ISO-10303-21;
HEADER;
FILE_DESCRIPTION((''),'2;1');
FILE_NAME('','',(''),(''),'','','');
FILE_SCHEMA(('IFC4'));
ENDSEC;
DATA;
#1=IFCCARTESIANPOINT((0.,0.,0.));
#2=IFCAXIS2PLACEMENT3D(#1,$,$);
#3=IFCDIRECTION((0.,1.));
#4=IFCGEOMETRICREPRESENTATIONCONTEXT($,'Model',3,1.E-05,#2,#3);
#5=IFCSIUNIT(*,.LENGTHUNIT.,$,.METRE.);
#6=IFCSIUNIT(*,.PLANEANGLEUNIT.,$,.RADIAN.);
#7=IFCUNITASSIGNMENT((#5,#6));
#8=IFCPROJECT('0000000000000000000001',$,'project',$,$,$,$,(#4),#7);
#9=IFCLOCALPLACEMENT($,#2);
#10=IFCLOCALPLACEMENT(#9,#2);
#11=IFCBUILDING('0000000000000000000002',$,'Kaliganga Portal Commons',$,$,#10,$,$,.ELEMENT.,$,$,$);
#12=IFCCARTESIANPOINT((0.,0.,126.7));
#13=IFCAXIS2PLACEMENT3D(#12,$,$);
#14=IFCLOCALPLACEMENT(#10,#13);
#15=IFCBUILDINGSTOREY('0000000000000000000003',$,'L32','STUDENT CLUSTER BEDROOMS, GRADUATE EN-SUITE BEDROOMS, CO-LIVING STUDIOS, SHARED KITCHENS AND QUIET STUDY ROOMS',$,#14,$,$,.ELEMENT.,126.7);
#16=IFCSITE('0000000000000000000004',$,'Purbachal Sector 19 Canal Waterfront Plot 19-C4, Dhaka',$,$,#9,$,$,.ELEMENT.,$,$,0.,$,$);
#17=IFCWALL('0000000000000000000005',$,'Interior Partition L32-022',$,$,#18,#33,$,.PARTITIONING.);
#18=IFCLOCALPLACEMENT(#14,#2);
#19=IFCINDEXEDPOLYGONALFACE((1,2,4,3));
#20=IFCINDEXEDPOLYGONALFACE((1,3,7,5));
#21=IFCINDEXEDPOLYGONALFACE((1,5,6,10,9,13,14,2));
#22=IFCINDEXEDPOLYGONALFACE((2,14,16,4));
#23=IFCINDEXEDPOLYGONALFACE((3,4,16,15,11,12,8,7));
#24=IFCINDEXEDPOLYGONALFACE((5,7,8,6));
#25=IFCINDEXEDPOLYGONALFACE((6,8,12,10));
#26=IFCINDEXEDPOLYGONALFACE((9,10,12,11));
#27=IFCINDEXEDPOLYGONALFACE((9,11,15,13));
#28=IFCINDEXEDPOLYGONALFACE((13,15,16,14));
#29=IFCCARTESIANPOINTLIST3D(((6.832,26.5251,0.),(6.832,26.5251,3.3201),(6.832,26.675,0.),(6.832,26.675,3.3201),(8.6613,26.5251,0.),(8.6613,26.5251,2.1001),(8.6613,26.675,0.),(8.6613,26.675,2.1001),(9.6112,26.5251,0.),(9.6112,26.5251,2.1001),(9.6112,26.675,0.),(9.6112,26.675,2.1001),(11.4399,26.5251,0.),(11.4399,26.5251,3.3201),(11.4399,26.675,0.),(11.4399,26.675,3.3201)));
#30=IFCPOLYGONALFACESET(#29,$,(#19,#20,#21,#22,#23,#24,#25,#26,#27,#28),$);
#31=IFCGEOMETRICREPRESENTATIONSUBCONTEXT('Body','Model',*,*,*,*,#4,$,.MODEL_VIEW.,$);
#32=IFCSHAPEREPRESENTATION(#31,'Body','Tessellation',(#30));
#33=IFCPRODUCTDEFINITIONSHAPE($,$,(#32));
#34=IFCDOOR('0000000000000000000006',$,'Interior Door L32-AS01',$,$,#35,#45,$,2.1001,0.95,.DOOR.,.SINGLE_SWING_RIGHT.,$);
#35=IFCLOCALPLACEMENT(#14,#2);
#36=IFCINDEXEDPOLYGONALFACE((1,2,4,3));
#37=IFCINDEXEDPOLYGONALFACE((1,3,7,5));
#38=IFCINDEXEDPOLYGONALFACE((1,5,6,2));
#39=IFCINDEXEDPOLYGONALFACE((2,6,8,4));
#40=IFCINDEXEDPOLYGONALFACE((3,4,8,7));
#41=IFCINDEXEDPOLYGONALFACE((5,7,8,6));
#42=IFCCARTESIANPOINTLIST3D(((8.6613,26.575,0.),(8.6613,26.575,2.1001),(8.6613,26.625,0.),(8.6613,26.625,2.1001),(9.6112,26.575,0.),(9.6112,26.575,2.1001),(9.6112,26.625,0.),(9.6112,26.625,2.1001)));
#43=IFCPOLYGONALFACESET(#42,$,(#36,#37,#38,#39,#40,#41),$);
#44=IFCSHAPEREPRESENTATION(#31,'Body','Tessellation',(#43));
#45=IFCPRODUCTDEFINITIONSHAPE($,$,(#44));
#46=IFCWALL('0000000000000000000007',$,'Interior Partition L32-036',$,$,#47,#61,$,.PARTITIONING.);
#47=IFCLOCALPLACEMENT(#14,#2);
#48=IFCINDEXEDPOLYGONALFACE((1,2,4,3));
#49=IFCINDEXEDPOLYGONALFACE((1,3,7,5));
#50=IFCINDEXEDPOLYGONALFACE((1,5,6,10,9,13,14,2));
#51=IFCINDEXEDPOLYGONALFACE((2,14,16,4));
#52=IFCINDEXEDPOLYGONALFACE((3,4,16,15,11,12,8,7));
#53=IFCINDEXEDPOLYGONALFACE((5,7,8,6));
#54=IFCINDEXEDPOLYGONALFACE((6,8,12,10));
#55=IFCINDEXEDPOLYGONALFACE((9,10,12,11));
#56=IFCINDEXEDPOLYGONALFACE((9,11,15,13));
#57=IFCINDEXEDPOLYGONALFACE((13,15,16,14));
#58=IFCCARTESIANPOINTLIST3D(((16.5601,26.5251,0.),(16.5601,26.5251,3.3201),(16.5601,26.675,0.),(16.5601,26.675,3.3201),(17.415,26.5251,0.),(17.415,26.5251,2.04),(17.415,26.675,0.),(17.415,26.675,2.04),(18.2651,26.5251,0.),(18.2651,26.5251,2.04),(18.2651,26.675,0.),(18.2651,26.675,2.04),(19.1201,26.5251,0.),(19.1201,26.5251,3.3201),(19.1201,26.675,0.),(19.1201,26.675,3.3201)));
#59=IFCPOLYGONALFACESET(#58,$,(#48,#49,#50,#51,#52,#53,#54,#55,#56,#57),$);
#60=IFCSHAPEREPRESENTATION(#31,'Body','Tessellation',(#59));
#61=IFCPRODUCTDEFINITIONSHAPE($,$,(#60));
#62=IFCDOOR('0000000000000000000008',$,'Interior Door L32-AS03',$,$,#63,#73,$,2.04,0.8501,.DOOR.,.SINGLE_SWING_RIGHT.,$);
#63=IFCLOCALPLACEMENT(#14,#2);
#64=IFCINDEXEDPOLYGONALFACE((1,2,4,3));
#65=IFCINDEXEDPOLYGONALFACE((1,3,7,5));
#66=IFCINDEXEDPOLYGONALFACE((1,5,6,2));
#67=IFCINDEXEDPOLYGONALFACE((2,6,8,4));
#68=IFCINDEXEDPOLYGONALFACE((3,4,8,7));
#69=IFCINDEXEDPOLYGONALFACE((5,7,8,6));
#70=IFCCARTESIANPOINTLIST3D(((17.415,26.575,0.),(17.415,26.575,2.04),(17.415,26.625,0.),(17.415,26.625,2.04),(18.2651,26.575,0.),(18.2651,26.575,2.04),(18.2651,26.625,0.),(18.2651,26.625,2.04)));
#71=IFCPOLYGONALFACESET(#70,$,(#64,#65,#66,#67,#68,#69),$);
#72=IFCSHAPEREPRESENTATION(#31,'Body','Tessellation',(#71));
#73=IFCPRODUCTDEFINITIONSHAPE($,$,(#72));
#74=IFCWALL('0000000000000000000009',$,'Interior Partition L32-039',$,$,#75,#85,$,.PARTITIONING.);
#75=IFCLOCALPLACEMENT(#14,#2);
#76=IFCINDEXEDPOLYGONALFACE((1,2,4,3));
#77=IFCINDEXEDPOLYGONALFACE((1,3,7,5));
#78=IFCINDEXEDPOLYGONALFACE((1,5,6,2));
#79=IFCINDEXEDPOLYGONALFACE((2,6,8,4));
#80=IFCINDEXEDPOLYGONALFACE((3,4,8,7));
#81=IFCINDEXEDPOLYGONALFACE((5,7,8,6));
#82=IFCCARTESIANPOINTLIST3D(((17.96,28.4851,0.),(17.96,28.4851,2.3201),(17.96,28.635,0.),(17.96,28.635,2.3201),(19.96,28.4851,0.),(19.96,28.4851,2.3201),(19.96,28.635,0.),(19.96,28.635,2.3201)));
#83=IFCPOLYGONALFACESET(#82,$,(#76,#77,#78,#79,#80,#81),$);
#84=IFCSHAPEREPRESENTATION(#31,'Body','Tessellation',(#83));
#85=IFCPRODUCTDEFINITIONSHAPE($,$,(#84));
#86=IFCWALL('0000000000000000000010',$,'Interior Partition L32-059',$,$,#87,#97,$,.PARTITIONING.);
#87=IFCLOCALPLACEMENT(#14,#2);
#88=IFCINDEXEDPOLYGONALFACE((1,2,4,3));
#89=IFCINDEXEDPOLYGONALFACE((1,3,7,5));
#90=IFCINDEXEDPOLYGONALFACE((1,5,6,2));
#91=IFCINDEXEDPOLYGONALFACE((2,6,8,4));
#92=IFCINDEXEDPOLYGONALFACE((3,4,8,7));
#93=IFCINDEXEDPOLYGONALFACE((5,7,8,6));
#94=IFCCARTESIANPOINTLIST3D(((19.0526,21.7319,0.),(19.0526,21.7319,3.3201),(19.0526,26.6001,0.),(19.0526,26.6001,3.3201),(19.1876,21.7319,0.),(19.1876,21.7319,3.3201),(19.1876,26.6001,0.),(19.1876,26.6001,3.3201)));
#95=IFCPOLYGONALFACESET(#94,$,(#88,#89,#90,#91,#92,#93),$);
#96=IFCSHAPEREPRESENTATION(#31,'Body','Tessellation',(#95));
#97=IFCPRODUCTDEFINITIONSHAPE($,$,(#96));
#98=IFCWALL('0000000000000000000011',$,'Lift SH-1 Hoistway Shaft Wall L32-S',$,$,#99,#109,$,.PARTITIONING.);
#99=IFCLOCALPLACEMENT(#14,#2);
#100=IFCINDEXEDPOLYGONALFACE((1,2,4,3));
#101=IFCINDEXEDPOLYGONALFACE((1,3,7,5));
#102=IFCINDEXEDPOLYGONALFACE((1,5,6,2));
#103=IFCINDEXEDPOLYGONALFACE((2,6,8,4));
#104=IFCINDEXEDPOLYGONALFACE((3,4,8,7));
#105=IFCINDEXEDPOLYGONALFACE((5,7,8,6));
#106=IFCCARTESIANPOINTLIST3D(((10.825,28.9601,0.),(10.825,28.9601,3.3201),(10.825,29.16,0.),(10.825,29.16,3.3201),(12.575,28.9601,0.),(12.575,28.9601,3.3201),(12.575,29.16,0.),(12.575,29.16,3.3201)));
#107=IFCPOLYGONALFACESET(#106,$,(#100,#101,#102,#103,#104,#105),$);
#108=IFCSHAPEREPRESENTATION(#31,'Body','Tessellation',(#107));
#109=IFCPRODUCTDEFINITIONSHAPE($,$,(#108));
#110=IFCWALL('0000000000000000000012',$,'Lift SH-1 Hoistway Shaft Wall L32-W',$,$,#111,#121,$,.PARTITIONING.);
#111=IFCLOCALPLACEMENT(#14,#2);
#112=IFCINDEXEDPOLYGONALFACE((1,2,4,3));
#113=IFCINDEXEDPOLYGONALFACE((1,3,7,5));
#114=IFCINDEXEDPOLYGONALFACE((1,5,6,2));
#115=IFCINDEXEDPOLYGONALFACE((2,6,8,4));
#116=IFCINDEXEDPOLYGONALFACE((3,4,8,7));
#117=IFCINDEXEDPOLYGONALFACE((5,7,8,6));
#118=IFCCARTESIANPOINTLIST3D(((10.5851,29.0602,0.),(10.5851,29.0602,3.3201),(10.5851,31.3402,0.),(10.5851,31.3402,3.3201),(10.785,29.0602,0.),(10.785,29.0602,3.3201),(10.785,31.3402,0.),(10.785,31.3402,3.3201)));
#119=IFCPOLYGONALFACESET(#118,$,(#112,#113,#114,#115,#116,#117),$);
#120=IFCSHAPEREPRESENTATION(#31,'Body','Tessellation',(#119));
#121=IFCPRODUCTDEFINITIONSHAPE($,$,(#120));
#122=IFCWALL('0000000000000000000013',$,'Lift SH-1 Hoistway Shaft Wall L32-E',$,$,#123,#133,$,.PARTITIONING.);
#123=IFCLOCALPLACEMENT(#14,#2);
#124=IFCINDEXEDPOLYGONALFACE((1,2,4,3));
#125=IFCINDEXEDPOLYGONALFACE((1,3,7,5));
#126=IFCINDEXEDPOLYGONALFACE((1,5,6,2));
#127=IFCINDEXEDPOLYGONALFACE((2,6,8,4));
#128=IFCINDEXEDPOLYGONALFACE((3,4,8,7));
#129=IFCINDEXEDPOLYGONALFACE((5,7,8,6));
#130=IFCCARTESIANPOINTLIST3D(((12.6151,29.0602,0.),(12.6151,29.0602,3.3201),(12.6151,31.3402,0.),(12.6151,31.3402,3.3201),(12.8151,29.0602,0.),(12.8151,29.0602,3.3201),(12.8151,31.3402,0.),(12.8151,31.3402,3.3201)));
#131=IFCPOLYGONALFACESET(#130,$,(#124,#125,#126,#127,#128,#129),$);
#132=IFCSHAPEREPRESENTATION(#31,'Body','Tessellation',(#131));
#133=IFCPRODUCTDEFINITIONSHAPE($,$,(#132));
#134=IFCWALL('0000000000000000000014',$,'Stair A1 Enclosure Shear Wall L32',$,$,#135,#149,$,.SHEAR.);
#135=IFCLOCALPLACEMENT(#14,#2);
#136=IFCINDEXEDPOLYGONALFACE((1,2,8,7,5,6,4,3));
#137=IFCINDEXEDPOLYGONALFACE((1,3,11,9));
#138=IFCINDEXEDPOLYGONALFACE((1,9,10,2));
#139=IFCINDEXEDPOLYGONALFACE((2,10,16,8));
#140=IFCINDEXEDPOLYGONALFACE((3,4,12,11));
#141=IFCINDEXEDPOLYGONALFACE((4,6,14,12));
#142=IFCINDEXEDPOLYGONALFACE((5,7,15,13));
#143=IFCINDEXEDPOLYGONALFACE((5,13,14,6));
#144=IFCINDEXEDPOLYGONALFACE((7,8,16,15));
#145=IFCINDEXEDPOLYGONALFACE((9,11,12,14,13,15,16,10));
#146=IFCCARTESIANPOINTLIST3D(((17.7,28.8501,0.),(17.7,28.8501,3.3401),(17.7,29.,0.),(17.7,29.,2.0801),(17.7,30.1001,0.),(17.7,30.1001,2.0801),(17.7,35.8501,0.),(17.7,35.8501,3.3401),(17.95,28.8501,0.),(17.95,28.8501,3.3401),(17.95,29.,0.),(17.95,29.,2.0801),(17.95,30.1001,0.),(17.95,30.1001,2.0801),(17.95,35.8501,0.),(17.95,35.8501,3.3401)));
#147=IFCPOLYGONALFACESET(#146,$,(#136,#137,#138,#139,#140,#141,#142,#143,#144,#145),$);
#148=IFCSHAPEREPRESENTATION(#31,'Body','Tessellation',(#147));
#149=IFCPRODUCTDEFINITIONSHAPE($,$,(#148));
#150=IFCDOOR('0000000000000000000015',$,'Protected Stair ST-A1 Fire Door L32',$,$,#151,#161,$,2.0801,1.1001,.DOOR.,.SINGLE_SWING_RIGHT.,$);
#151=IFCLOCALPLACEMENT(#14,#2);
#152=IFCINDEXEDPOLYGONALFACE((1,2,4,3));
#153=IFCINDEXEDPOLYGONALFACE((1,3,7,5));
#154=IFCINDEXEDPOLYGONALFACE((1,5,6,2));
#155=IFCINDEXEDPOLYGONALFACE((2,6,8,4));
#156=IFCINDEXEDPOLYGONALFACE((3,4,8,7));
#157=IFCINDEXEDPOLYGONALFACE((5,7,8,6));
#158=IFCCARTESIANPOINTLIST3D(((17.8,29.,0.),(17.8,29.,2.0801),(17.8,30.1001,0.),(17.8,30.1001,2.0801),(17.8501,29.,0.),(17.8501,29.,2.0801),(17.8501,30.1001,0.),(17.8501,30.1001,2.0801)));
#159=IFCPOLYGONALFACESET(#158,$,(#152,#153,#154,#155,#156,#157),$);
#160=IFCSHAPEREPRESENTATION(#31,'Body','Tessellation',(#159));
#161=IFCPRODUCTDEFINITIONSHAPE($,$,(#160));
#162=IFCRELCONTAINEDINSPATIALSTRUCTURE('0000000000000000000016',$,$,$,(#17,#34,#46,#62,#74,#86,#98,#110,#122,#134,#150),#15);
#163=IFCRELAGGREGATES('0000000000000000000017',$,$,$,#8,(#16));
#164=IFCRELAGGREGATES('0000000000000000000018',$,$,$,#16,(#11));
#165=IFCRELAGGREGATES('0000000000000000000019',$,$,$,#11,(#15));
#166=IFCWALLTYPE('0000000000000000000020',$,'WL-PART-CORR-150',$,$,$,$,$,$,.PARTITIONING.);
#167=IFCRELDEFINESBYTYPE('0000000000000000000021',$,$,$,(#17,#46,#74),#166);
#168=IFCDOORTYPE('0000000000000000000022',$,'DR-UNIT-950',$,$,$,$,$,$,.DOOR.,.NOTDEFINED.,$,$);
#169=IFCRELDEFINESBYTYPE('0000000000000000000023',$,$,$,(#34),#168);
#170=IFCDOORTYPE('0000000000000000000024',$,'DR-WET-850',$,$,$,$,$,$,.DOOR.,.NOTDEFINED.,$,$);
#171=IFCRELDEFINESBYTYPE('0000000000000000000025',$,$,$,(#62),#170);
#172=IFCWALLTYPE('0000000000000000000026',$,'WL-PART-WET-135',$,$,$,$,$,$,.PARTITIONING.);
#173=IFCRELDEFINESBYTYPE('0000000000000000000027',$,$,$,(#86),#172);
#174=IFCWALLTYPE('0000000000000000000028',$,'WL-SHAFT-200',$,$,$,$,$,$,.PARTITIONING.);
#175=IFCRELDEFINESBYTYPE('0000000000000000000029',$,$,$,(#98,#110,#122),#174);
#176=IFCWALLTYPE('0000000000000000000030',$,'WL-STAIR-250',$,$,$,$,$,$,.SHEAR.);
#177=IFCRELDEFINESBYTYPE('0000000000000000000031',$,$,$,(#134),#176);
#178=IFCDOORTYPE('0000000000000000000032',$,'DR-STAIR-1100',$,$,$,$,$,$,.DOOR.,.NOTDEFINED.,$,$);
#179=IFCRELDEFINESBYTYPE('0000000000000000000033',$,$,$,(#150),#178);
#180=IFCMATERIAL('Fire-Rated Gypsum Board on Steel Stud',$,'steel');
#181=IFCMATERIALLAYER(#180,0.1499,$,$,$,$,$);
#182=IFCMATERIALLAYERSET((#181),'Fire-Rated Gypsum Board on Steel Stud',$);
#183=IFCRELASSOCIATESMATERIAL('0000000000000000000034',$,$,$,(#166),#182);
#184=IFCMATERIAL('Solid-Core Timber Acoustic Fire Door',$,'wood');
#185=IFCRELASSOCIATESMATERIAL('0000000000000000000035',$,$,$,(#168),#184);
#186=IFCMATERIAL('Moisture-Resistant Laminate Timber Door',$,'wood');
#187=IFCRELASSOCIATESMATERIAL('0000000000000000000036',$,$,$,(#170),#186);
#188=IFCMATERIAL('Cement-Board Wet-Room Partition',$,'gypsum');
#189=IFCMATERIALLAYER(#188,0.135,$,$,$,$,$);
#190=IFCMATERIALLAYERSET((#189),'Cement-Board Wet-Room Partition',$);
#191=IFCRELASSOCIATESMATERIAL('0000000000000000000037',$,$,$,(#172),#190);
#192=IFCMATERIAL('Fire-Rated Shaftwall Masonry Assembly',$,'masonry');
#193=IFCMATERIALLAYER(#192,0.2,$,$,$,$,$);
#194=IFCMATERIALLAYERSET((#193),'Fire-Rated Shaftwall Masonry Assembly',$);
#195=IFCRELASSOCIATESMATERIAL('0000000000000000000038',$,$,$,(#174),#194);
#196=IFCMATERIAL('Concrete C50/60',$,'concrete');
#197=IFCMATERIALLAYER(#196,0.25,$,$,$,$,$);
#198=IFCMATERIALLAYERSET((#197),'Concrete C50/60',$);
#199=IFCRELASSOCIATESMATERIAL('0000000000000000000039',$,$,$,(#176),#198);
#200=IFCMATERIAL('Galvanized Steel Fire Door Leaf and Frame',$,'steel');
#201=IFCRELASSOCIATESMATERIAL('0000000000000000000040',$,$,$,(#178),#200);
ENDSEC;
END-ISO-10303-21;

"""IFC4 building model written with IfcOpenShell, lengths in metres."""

from ifc_helpers import new_model, si_unit, direction, frame, frame_2d, origin, place, context, subcontext, project, spatial, rectangle, extrude, material, layer, layer_set, type_object, element, fill, save


model = new_model("IFC4")

# Units and contexts
model_context = context("Model", 3, precision=1e-05, world=origin(), true_north=direction((0.0, 1.0)))
body_context = subcontext(model_context, "Body", "Model", "MODEL_VIEW")
ifc_project = project(units=[si_unit("LENGTHUNIT", "METRE"), si_unit("PLANEANGLEUNIT", "RADIAN")], contexts=[model_context])

# Site, building, storey
site_placement = place(None, origin())
site = spatial("IfcSite", under=ifc_project, at=site_placement, Name="Purbachal Sector 19 Canal Waterfront Plot 19-C4, Dhaka", CompositionType="ELEMENT", RefElevation=0.0)
building_placement = place(site_placement, origin())
building = spatial("IfcBuilding", under=site, at=building_placement, Name="Kaliganga Portal Commons", CompositionType="ELEMENT")
storey_placement = place(building_placement, frame((0.0, 0.0, 126.7)))
storey = spatial("IfcBuildingStorey", under=building, at=storey_placement, Name="L32", Description="STUDENT CLUSTER BEDROOMS, GRADUATE EN-SUITE BEDROOMS, CO-LIVING STUDIOS, SHARED KITCHENS AND QUIET STUDY ROOMS", CompositionType="ELEMENT", Elevation=126.7)

# Shared definitions
ifc_material_1 = material(Name="Concrete C50/60", Category="concrete")

# Walls, openings, doors
ifc_material_2 = material(Name="Fire-Rated Gypsum Board on Steel Stud", Category="steel")
ifc_layer_1 = layer(ifc_material_2, 0.1499)
ifc_layer_set_1 = layer_set([ifc_layer_1], Name="Fire-Rated Gypsum Board on Steel Stud")
wall_type_1 = type_object("IfcWallType", Name="WL-PART-CORR-150", PredefinedType="PARTITIONING", material=ifc_layer_set_1)
ifc_material_3 = material(Name="Solid-Core Timber Acoustic Fire Door", Category="wood")
door_type_1 = type_object("IfcDoorType", Name="DR-UNIT-950", OperationType="NOTDEFINED", PredefinedType="DOOR", material=ifc_material_3)
wall_1_placement = place(storey_placement, frame((6.832, 26.6001, 0.0), z_axis=(0.0, 0.0, 1.0), x_axis=(1.0, 0.0, 0.0)))
wall_1 = element("IfcWall", 1, at=wall_1_placement, inside=storey, type_object=wall_type_1, Name="Interior Partition L32-022", PredefinedType="PARTITIONING", context=body_context, shape_type="SweptSolid", body=[
    extrude(rectangle(XDim=4.6079, YDim=0.1499, at=frame_2d((2.304, 0.0))), origin(), (0.0, 0.0, 1.0), 3.3201),
])
opening_1_placement = place(wall_1_placement, frame((1.8291, 0.0, 0.0)))
opening_1 = element("IfcOpeningElement", 2, at=opening_1_placement, cuts=wall_1, PredefinedType="OPENING", context=body_context, shape_type="SweptSolid", body=[
    extrude(rectangle(XDim=0.95, YDim=2.1001, at=frame_2d((0.4751, 1.05))), frame((0.0, 0.085, 0.0), z_axis=(0.0, -1.0, 0.0), x_axis=(1.0, 0.0, 0.0)), (0.0, 0.0, 1.0), 0.1699),
])
door_1_placement = place(opening_1_placement, origin())
door_1 = element("IfcDoor", 3, at=door_1_placement, inside=storey, type_object=door_type_1, Name="Interior Door L32-AS01", OperationType="SINGLE_SWING_RIGHT", OverallHeight=2.1001, OverallWidth=0.95, PredefinedType="DOOR", context=body_context, shape_type="SweptSolid", body=[
    extrude(rectangle(XDim=0.95, YDim=2.1001, at=frame_2d((0.4751, 1.05))), frame((0.0, 0.0249, 0.0), z_axis=(0.0, -1.0, 0.0), x_axis=(1.0, 0.0, 0.0)), (0.0, 0.0, 1.0), 0.05),
])
fill(opening_1, door_1)
wall_2_placement = place(storey_placement, frame((16.5601, 26.6001, 0.0), z_axis=(0.0, 0.0, 1.0), x_axis=(1.0, 0.0, 0.0)))
wall_2 = element("IfcWall", 4, at=wall_2_placement, inside=storey, type_object=wall_type_1, Name="Interior Partition L32-036", PredefinedType="PARTITIONING", context=body_context, shape_type="SweptSolid", body=[
    extrude(rectangle(XDim=2.5601, YDim=0.1499, at=frame_2d((1.28, 0.0))), origin(), (0.0, 0.0, 1.0), 3.3201),
])
opening_2_placement = place(wall_2_placement, frame((0.855, 0.0, 0.0)))
opening_2 = element("IfcOpeningElement", 5, at=opening_2_placement, cuts=wall_2, PredefinedType="OPENING", context=body_context, shape_type="SweptSolid", body=[
    extrude(rectangle(XDim=0.8501, YDim=2.04, at=frame_2d((0.425, 1.02))), frame((0.0, 0.085, 0.0), z_axis=(0.0, -1.0, 0.0), x_axis=(1.0, 0.0, 0.0)), (0.0, 0.0, 1.0), 0.1699),
])
ifc_material_4 = material(Name="Moisture-Resistant Laminate Timber Door", Category="wood")
door_type_2 = type_object("IfcDoorType", Name="DR-WET-850", OperationType="NOTDEFINED", PredefinedType="DOOR", material=ifc_material_4)
door_2_placement = place(opening_2_placement, origin())
door_2 = element("IfcDoor", 6, at=door_2_placement, inside=storey, type_object=door_type_2, Name="Interior Door L32-AS03", OperationType="SINGLE_SWING_RIGHT", OverallHeight=2.04, OverallWidth=0.8501, PredefinedType="DOOR", context=body_context, shape_type="SweptSolid", body=[
    extrude(rectangle(XDim=0.8501, YDim=2.04, at=frame_2d((0.425, 1.02))), frame((0.0, 0.0249, 0.0), z_axis=(0.0, -1.0, 0.0), x_axis=(1.0, 0.0, 0.0)), (0.0, 0.0, 1.0), 0.05),
])
fill(opening_2, door_2)

# Walls
wall_3_placement = place(storey_placement, frame((17.96, 28.5601, 0.0), z_axis=(0.0, 0.0, 1.0), x_axis=(1.0, 0.0, 0.0)))
element("IfcWall", 7, at=wall_3_placement, inside=storey, type_object=wall_type_1, Name="Interior Partition L32-039", PredefinedType="PARTITIONING", context=body_context, shape_type="SweptSolid", body=[
    extrude(rectangle(XDim=2.0, YDim=0.1499, at=frame_2d((1.0, 0.0))), origin(), (0.0, 0.0, 1.0), 2.3201),
])
ifc_material_5 = material(Name="Cement-Board Wet-Room Partition", Category="gypsum")
ifc_layer_2 = layer(ifc_material_5, 0.135)
ifc_layer_set_2 = layer_set([ifc_layer_2], Name="Cement-Board Wet-Room Partition")
wall_type_2 = type_object("IfcWallType", Name="WL-PART-WET-135", PredefinedType="PARTITIONING", material=ifc_layer_set_2)
wall_4_placement = place(storey_placement, frame((19.1201, 21.7319, 0.0), z_axis=(0.0, 0.0, 1.0), x_axis=(0.0, 1.0, 0.0)))
element("IfcWall", 8, at=wall_4_placement, inside=storey, type_object=wall_type_2, Name="Interior Partition L32-059", PredefinedType="PARTITIONING", context=body_context, shape_type="SweptSolid", body=[
    extrude(rectangle(XDim=4.8682, YDim=0.135, at=frame_2d((2.4341, 0.0))), origin(), (0.0, 0.0, 1.0), 3.3201),
])
ifc_material_6 = material(Name="Fire-Rated Shaftwall Masonry Assembly", Category="masonry")
ifc_layer_3 = layer(ifc_material_6, 0.2)
ifc_layer_set_3 = layer_set([ifc_layer_3], Name="Fire-Rated Shaftwall Masonry Assembly")
wall_type_3 = type_object("IfcWallType", Name="WL-SHAFT-200", PredefinedType="PARTITIONING", material=ifc_layer_set_3)
wall_5_placement = place(storey_placement, frame((10.825, 29.0601, 0.0), z_axis=(0.0, 0.0, 1.0), x_axis=(1.0, 0.0, 0.0)))
element("IfcWall", 9, at=wall_5_placement, inside=storey, type_object=wall_type_3, Name="Lift SH-1 Hoistway Shaft Wall L32-S", PredefinedType="PARTITIONING", context=body_context, shape_type="SweptSolid", body=[
    extrude(rectangle(XDim=1.75, YDim=0.2, at=frame_2d((0.875, 0.0))), origin(), (0.0, 0.0, 1.0), 3.3201),
])
for number, where, z_axis, x_axis, name in (
    (10, (10.6851, 29.0601, 0.0), (0.0, 0.0, 1.0), (0.0, 1.0, 0.0), "Lift SH-1 Hoistway Shaft Wall L32-W"),
    (11, (12.7151, 29.0601, 0.0), (0.0, 0.0, 1.0), (0.0, 1.0, 0.0), "Lift SH-1 Hoistway Shaft Wall L32-E"),
):
    element("IfcWall", number, at=place(storey_placement, frame(where, z_axis=z_axis, x_axis=x_axis)), inside=storey, type_object=wall_type_3, Name=name, PredefinedType="PARTITIONING", context=body_context, shape_type="SweptSolid", body=[
        extrude(rectangle(XDim=2.28, YDim=0.2, at=frame_2d((1.1401, 0.0))), origin(), (0.0, 0.0, 1.0), 3.3201),
    ])

# Wall, opening, door
ifc_layer_4 = layer(ifc_material_1, 0.25)
ifc_layer_set_4 = layer_set([ifc_layer_4], Name="Concrete C50/60")
wall_type_4 = type_object("IfcWallType", Name="WL-STAIR-250", PredefinedType="SHEAR", material=ifc_layer_set_4)
wall_6_placement = place(storey_placement, frame((17.825, 28.8501, 0.0), z_axis=(0.0, 0.0, 1.0), x_axis=(0.0, 1.0, 0.0)))
wall_6 = element("IfcWall", 12, at=wall_6_placement, inside=storey, type_object=wall_type_4, Name="Stair A1 Enclosure Shear Wall L32", PredefinedType="SHEAR", context=body_context, shape_type="SweptSolid", body=[
    extrude(rectangle(XDim=7.0, YDim=0.25, at=frame_2d((3.5, 0.0))), origin(), (0.0, 0.0, 1.0), 3.3401),
])
opening_3_placement = place(wall_6_placement, frame((0.1499, 0.0, 0.0)))
opening_3 = element("IfcOpeningElement", 13, at=opening_3_placement, cuts=wall_6, PredefinedType="OPENING", context=body_context, shape_type="SweptSolid", body=[
    extrude(rectangle(XDim=1.1001, YDim=2.0801, at=frame_2d((0.55, 1.04))), frame((0.0, 0.135, 0.0), z_axis=(0.0, -1.0, 0.0), x_axis=(1.0, 0.0, 0.0)), (0.0, 0.0, 1.0), 0.27),
])
ifc_material_7 = material(Name="Galvanized Steel Fire Door Leaf and Frame", Category="steel")
door_type_3 = type_object("IfcDoorType", Name="DR-STAIR-1100", OperationType="NOTDEFINED", PredefinedType="DOOR", material=ifc_material_7)
door_3_placement = place(opening_3_placement, origin())
door_3 = element("IfcDoor", 14, at=door_3_placement, inside=storey, type_object=door_type_3, Name="Protected Stair ST-A1 Fire Door L32", OperationType="SINGLE_SWING_RIGHT", OverallHeight=2.0801, OverallWidth=1.1001, PredefinedType="DOOR", context=body_context, shape_type="SweptSolid", body=[
    extrude(rectangle(XDim=1.1001, YDim=2.0801, at=frame_2d((0.55, 1.04))), frame((0.0, 0.0249, 0.0), z_axis=(0.0, -1.0, 0.0), x_axis=(1.0, 0.0, 0.0)), (0.0, 0.0, 1.0), 0.05),
])
fill(opening_3, door_3)

save(model, "model.ifc")
